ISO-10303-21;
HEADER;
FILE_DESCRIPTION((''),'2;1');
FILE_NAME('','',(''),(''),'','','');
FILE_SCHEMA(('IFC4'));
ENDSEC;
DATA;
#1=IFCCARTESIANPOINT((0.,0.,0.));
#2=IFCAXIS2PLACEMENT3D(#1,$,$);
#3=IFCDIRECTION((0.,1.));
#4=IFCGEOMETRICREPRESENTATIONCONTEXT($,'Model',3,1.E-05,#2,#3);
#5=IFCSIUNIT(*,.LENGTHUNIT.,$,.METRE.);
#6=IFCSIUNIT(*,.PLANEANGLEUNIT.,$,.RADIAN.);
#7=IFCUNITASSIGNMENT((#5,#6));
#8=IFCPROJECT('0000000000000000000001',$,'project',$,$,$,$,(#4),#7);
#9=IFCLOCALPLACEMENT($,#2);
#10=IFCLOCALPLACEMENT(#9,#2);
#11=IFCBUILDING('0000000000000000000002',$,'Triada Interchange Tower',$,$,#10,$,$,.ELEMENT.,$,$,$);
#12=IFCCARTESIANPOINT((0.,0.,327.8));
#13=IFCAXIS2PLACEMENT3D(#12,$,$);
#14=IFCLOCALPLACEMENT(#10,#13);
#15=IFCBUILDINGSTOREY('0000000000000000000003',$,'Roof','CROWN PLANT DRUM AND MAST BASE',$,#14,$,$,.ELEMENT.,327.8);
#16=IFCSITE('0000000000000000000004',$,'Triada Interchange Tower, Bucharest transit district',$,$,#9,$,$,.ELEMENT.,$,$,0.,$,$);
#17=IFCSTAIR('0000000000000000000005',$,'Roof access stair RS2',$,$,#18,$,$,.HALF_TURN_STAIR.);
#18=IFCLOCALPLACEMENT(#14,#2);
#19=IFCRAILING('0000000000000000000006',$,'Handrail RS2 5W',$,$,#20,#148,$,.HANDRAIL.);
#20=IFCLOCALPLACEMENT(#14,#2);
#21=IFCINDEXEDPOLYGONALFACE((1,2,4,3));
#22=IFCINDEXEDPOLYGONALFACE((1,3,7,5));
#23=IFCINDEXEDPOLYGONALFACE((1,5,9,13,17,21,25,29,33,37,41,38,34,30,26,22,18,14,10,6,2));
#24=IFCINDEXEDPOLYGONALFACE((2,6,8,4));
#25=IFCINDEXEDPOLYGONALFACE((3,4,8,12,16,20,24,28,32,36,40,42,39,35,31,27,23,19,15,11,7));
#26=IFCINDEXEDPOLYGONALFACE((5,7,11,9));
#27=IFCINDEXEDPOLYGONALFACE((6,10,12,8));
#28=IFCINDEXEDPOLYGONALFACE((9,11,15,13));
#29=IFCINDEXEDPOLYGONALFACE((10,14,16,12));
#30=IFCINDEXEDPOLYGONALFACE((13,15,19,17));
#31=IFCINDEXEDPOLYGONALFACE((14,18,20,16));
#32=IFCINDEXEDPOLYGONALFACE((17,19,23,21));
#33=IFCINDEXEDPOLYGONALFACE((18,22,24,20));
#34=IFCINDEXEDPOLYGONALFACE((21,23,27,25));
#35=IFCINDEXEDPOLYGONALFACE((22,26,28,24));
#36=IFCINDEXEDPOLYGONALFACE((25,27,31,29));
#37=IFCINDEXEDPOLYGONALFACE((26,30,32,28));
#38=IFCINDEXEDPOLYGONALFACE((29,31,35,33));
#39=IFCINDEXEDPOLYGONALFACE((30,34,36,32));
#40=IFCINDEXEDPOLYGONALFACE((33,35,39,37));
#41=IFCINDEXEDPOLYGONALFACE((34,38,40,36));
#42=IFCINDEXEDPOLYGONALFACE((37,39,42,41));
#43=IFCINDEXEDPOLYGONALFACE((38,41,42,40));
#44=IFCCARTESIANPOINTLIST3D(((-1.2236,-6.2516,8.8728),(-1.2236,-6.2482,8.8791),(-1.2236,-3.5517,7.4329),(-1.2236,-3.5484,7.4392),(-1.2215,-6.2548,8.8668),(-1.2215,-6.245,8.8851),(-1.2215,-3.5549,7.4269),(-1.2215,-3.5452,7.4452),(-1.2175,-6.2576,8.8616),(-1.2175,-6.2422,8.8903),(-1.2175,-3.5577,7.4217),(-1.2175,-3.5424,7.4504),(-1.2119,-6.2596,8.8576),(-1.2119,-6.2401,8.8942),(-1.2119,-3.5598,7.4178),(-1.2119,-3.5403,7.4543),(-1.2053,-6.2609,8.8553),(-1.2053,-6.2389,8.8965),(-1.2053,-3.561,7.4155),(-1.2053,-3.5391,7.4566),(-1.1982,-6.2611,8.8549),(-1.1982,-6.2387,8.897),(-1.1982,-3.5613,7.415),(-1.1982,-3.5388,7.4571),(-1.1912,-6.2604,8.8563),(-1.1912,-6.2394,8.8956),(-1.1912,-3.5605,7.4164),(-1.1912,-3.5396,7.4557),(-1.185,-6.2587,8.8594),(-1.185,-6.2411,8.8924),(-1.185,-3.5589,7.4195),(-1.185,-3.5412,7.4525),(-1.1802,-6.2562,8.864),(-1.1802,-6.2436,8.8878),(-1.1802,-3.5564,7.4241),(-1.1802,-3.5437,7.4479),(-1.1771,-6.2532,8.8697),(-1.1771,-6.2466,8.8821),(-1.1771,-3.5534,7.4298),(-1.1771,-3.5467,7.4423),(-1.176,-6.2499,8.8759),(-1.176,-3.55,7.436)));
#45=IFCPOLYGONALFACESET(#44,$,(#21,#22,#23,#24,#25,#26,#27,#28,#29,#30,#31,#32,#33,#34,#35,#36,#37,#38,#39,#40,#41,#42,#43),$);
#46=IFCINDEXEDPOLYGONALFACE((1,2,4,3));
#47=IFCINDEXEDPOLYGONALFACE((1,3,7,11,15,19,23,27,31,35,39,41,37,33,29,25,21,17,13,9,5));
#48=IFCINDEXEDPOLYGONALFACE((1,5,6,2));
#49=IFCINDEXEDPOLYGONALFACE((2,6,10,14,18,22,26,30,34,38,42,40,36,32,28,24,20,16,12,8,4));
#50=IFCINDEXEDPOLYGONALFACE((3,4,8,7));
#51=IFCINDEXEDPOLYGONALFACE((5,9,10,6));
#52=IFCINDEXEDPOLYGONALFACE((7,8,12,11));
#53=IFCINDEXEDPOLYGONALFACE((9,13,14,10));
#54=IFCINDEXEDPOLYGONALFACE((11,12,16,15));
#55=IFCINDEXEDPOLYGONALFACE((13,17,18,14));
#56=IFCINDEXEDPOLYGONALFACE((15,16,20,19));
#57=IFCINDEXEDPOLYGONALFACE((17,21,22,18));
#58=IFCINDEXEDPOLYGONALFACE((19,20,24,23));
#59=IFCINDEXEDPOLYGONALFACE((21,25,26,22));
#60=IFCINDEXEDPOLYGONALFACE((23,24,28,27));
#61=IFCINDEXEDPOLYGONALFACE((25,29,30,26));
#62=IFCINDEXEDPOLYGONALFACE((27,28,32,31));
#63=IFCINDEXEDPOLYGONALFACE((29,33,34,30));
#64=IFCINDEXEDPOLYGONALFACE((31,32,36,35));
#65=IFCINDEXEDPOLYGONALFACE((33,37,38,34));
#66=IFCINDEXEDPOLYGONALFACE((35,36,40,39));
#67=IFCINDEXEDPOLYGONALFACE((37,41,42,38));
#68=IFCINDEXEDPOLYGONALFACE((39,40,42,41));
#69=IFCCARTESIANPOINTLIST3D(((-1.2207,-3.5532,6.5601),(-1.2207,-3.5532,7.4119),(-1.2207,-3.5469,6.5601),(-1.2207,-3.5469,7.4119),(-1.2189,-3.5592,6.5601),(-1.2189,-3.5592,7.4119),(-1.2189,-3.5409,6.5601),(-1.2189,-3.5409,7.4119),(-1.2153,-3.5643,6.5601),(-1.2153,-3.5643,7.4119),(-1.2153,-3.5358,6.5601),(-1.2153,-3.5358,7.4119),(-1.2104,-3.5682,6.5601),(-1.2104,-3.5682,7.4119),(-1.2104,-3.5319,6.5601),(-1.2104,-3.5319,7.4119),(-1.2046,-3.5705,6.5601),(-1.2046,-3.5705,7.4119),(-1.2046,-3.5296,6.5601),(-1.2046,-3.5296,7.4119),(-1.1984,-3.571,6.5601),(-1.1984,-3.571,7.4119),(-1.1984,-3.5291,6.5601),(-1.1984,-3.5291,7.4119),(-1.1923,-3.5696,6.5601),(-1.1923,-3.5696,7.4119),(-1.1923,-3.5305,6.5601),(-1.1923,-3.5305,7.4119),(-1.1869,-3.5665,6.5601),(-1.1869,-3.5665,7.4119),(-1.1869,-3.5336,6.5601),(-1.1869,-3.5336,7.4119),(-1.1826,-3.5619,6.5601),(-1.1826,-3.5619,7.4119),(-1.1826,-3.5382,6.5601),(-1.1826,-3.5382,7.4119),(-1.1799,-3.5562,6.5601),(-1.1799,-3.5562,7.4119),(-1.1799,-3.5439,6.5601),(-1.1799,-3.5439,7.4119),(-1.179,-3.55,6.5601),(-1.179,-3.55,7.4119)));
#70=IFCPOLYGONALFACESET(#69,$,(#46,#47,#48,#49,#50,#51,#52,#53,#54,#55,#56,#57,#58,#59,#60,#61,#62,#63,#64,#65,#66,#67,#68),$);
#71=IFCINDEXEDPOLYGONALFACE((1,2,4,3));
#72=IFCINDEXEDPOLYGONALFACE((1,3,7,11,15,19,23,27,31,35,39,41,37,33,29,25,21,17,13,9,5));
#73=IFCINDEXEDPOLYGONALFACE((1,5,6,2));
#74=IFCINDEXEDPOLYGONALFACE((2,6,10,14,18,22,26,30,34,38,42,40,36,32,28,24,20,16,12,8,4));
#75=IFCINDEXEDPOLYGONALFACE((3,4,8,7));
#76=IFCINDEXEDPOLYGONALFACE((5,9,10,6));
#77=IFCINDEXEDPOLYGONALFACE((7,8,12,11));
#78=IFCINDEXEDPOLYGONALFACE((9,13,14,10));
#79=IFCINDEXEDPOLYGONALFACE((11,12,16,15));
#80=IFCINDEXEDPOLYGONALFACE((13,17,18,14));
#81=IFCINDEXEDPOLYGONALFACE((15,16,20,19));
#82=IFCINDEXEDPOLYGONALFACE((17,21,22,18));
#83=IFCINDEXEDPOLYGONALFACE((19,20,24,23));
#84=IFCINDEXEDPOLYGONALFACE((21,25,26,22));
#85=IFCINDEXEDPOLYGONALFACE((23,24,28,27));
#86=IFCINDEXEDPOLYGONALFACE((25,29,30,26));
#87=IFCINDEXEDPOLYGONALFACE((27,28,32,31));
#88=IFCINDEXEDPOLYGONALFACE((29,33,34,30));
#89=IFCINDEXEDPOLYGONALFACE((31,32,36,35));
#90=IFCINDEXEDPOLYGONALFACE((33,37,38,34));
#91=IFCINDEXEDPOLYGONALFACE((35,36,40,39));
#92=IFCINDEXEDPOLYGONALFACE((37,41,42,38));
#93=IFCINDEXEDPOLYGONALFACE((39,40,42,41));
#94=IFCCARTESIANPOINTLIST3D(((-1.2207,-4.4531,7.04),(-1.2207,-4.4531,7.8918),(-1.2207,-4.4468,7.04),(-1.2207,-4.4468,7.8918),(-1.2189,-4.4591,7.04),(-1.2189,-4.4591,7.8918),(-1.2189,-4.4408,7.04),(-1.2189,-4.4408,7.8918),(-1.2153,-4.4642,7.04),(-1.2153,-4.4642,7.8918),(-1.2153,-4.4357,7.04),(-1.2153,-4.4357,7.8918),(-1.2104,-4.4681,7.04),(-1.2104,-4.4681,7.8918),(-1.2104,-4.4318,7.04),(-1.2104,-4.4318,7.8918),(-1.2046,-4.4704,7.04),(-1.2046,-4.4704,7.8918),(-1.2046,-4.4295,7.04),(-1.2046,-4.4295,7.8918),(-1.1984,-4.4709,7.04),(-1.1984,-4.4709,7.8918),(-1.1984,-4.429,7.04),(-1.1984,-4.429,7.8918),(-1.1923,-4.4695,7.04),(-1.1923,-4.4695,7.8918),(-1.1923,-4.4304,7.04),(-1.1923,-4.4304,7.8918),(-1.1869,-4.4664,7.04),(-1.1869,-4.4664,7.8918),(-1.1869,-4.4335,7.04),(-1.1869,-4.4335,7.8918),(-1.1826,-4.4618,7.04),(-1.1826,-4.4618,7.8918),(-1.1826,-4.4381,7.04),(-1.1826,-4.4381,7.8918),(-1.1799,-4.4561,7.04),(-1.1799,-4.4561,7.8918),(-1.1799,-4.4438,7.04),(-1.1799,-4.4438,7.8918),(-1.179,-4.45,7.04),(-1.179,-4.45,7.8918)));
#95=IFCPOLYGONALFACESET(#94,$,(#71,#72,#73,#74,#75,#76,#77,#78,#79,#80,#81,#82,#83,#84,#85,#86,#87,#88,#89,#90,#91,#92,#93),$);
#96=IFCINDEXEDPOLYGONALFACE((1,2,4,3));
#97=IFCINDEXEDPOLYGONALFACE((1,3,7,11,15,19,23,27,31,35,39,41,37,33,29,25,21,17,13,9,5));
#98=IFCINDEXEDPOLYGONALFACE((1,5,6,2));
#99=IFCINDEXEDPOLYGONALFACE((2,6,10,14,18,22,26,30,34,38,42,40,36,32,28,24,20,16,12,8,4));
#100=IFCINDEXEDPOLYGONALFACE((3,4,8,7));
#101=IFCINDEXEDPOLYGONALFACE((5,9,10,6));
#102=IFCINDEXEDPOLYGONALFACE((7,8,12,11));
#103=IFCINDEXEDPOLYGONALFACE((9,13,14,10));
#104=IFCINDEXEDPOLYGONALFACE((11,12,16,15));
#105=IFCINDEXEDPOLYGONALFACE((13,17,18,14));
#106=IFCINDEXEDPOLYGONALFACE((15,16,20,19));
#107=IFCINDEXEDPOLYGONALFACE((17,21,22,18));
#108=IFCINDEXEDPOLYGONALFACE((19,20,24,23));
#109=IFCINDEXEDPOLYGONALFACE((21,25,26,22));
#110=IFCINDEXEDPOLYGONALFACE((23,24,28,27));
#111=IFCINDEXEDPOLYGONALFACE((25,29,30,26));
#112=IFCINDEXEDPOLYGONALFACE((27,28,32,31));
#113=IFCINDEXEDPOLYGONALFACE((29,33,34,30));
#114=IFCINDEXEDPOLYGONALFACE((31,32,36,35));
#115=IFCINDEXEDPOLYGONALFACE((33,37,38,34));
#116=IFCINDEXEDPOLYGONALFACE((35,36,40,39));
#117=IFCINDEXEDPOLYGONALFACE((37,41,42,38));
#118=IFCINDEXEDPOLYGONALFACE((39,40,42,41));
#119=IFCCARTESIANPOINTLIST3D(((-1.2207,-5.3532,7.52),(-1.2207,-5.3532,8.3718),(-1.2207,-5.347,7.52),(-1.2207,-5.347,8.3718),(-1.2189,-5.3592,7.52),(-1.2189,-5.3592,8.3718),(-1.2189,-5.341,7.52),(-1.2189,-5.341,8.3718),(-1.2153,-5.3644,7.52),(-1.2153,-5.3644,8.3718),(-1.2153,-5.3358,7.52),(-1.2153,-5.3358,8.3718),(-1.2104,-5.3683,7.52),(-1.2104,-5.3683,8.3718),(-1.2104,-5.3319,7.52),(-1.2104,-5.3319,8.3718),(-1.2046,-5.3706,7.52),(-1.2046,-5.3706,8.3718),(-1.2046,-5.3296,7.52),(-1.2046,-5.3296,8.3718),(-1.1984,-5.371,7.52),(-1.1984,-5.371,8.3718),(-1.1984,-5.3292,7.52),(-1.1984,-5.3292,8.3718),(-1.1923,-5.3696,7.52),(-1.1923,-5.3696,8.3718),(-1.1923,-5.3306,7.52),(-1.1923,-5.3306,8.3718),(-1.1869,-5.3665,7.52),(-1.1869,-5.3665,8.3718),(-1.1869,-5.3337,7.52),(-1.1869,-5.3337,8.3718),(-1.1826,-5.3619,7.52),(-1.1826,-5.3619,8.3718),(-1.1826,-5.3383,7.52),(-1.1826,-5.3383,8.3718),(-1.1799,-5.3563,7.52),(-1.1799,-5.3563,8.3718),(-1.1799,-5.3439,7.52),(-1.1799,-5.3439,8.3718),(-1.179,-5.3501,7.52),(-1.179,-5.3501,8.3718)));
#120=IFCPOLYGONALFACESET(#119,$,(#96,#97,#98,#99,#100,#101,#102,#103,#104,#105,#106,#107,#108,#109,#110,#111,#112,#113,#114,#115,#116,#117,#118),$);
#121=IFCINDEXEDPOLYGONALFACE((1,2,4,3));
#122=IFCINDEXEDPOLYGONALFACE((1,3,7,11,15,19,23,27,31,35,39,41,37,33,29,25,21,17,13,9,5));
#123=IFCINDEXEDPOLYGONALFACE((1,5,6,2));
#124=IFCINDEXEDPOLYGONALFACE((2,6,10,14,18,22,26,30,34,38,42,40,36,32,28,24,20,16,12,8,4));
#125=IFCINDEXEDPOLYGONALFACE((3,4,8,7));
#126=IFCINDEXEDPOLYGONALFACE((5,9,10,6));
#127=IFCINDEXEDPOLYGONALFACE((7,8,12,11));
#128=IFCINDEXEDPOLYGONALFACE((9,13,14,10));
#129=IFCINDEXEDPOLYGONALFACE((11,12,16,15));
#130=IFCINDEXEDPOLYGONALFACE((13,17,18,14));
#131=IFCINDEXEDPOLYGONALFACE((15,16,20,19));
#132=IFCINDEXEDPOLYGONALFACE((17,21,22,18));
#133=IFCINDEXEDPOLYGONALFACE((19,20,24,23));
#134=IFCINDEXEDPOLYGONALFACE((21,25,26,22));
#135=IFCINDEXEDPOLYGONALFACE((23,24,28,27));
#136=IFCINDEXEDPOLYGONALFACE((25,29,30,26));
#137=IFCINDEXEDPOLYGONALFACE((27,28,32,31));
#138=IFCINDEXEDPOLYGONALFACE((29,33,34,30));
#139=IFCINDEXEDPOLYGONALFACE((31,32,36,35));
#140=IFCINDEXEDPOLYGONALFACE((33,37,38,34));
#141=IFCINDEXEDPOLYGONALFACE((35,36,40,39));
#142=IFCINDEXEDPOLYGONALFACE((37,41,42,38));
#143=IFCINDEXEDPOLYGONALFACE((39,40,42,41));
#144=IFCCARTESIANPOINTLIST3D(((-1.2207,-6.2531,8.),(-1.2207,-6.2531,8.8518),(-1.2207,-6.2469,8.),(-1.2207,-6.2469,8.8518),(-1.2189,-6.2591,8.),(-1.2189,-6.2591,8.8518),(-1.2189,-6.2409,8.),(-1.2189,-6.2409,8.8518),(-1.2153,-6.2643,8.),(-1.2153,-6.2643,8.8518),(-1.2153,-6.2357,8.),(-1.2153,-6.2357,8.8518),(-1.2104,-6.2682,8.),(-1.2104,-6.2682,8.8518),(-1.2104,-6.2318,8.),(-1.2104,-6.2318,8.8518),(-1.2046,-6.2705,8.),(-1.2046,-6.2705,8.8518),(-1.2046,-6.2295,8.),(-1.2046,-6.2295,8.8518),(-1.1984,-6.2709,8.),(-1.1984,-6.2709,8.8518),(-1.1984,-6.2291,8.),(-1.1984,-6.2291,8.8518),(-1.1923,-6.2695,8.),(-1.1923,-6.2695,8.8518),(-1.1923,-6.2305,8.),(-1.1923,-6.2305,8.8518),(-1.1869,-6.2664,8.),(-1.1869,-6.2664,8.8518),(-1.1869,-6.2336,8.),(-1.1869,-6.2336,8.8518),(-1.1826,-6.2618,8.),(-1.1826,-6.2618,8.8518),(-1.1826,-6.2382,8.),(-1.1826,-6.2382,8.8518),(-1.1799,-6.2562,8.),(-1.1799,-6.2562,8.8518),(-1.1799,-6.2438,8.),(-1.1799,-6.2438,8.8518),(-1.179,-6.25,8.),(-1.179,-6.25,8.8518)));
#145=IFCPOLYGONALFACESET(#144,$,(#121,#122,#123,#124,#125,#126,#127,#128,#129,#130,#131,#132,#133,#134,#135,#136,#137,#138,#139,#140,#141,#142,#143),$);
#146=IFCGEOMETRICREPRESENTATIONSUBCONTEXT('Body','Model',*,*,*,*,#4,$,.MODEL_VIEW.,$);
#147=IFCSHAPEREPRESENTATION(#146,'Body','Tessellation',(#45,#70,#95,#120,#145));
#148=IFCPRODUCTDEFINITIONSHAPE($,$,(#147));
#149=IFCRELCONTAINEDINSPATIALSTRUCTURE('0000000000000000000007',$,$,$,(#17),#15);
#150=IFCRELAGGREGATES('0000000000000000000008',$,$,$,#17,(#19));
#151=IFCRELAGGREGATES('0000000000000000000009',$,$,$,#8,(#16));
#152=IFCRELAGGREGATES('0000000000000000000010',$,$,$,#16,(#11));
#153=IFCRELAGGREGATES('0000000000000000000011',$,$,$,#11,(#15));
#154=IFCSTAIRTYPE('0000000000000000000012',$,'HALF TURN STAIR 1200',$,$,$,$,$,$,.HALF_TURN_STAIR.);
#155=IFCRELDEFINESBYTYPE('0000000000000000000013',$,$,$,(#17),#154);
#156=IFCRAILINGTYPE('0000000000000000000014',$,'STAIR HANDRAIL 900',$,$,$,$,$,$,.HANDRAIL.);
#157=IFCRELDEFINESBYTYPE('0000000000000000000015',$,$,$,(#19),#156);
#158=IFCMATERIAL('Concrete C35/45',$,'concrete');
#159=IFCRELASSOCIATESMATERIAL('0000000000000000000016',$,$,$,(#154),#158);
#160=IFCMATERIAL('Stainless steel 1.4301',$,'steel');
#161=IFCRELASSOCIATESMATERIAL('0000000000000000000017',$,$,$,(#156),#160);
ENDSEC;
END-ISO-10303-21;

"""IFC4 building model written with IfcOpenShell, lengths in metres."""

from ifc_helpers import new_model, si_unit, direction, frame, origin, origin_2d, place, context, subcontext, project, spatial, circle, extrude, material, type_object, element, aggregate, save


model = new_model("IFC4")

# Units and contexts
model_context = context("Model", 3, precision=1e-05, world=origin(), true_north=direction((0.0, 1.0)))
body_context = subcontext(model_context, "Body", "Model", "MODEL_VIEW")
ifc_project = project(units=[si_unit("LENGTHUNIT", "METRE"), si_unit("PLANEANGLEUNIT", "RADIAN")], contexts=[model_context])

# Site, building, storey
site_placement = place(None, origin())
site = spatial("IfcSite", under=ifc_project, at=site_placement, Name="Triada Interchange Tower, Bucharest transit district", CompositionType="ELEMENT", RefElevation=0.0)
building_placement = place(site_placement, origin())
building = spatial("IfcBuilding", under=site, at=building_placement, Name="Triada Interchange Tower", CompositionType="ELEMENT")
storey_placement = place(building_placement, frame((0.0, 0.0, 327.8)))
storey = spatial("IfcBuildingStorey", under=building, at=storey_placement, Name="Roof", Description="CROWN PLANT DRUM AND MAST BASE", CompositionType="ELEMENT", Elevation=327.8)

# Stair
ifc_material_1 = material(Name="Concrete C35/45", Category="concrete")
stair_type = type_object("IfcStairType", Name="HALF TURN STAIR 1200", PredefinedType="HALF_TURN_STAIR", material=ifc_material_1)
stair_placement = place(storey_placement, origin())
stair = element("IfcStair", 1, at=stair_placement, inside=storey, type_object=stair_type, Name="Roof access stair RS2", PredefinedType="HALF_TURN_STAIR")

# Railing
ifc_material_2 = material(Name="Stainless steel 1.4301", Category="steel")
railing_type = type_object("IfcRailingType", Name="STAIR HANDRAIL 900", PredefinedType="HANDRAIL", material=ifc_material_2)
railing_1_placement = place(storey_placement, frame((-1.2, -3.55, 6.5601)))
railing_1 = element("IfcRailing", 2, at=railing_1_placement, type_object=railing_type, Name="Handrail RS2 5W", PredefinedType="HANDRAIL", context=body_context, shape_type="SweptSolid", body=[
    extrude(circle(Radius=0.0239, at=origin_2d()), frame((0.0, 0.0, 0.876), z_axis=(0.0, -0.882357, 0.47058), x_axis=(1.0, 0.0, 0.0)), (0.0, 0.0, 1.0), 3.0598),
    extrude(circle(Radius=0.021, at=origin_2d()), origin(), (0.0, 0.0, 1.0), 0.8518),
    extrude(circle(Radius=0.021, at=origin_2d()), frame((0.0, -0.8999, 0.48)), (0.0, 0.0, 1.0), 0.8518),
    extrude(circle(Radius=0.021, at=origin_2d()), frame((0.0, -1.8, 0.96)), (0.0, 0.0, 1.0), 0.8518),
    extrude(circle(Radius=0.021, at=origin_2d()), frame((0.0, -2.7, 1.4399)), (0.0, 0.0, 1.0), 0.8518),
])
aggregate(stair, [railing_1])

save(model, "model.ifc")
